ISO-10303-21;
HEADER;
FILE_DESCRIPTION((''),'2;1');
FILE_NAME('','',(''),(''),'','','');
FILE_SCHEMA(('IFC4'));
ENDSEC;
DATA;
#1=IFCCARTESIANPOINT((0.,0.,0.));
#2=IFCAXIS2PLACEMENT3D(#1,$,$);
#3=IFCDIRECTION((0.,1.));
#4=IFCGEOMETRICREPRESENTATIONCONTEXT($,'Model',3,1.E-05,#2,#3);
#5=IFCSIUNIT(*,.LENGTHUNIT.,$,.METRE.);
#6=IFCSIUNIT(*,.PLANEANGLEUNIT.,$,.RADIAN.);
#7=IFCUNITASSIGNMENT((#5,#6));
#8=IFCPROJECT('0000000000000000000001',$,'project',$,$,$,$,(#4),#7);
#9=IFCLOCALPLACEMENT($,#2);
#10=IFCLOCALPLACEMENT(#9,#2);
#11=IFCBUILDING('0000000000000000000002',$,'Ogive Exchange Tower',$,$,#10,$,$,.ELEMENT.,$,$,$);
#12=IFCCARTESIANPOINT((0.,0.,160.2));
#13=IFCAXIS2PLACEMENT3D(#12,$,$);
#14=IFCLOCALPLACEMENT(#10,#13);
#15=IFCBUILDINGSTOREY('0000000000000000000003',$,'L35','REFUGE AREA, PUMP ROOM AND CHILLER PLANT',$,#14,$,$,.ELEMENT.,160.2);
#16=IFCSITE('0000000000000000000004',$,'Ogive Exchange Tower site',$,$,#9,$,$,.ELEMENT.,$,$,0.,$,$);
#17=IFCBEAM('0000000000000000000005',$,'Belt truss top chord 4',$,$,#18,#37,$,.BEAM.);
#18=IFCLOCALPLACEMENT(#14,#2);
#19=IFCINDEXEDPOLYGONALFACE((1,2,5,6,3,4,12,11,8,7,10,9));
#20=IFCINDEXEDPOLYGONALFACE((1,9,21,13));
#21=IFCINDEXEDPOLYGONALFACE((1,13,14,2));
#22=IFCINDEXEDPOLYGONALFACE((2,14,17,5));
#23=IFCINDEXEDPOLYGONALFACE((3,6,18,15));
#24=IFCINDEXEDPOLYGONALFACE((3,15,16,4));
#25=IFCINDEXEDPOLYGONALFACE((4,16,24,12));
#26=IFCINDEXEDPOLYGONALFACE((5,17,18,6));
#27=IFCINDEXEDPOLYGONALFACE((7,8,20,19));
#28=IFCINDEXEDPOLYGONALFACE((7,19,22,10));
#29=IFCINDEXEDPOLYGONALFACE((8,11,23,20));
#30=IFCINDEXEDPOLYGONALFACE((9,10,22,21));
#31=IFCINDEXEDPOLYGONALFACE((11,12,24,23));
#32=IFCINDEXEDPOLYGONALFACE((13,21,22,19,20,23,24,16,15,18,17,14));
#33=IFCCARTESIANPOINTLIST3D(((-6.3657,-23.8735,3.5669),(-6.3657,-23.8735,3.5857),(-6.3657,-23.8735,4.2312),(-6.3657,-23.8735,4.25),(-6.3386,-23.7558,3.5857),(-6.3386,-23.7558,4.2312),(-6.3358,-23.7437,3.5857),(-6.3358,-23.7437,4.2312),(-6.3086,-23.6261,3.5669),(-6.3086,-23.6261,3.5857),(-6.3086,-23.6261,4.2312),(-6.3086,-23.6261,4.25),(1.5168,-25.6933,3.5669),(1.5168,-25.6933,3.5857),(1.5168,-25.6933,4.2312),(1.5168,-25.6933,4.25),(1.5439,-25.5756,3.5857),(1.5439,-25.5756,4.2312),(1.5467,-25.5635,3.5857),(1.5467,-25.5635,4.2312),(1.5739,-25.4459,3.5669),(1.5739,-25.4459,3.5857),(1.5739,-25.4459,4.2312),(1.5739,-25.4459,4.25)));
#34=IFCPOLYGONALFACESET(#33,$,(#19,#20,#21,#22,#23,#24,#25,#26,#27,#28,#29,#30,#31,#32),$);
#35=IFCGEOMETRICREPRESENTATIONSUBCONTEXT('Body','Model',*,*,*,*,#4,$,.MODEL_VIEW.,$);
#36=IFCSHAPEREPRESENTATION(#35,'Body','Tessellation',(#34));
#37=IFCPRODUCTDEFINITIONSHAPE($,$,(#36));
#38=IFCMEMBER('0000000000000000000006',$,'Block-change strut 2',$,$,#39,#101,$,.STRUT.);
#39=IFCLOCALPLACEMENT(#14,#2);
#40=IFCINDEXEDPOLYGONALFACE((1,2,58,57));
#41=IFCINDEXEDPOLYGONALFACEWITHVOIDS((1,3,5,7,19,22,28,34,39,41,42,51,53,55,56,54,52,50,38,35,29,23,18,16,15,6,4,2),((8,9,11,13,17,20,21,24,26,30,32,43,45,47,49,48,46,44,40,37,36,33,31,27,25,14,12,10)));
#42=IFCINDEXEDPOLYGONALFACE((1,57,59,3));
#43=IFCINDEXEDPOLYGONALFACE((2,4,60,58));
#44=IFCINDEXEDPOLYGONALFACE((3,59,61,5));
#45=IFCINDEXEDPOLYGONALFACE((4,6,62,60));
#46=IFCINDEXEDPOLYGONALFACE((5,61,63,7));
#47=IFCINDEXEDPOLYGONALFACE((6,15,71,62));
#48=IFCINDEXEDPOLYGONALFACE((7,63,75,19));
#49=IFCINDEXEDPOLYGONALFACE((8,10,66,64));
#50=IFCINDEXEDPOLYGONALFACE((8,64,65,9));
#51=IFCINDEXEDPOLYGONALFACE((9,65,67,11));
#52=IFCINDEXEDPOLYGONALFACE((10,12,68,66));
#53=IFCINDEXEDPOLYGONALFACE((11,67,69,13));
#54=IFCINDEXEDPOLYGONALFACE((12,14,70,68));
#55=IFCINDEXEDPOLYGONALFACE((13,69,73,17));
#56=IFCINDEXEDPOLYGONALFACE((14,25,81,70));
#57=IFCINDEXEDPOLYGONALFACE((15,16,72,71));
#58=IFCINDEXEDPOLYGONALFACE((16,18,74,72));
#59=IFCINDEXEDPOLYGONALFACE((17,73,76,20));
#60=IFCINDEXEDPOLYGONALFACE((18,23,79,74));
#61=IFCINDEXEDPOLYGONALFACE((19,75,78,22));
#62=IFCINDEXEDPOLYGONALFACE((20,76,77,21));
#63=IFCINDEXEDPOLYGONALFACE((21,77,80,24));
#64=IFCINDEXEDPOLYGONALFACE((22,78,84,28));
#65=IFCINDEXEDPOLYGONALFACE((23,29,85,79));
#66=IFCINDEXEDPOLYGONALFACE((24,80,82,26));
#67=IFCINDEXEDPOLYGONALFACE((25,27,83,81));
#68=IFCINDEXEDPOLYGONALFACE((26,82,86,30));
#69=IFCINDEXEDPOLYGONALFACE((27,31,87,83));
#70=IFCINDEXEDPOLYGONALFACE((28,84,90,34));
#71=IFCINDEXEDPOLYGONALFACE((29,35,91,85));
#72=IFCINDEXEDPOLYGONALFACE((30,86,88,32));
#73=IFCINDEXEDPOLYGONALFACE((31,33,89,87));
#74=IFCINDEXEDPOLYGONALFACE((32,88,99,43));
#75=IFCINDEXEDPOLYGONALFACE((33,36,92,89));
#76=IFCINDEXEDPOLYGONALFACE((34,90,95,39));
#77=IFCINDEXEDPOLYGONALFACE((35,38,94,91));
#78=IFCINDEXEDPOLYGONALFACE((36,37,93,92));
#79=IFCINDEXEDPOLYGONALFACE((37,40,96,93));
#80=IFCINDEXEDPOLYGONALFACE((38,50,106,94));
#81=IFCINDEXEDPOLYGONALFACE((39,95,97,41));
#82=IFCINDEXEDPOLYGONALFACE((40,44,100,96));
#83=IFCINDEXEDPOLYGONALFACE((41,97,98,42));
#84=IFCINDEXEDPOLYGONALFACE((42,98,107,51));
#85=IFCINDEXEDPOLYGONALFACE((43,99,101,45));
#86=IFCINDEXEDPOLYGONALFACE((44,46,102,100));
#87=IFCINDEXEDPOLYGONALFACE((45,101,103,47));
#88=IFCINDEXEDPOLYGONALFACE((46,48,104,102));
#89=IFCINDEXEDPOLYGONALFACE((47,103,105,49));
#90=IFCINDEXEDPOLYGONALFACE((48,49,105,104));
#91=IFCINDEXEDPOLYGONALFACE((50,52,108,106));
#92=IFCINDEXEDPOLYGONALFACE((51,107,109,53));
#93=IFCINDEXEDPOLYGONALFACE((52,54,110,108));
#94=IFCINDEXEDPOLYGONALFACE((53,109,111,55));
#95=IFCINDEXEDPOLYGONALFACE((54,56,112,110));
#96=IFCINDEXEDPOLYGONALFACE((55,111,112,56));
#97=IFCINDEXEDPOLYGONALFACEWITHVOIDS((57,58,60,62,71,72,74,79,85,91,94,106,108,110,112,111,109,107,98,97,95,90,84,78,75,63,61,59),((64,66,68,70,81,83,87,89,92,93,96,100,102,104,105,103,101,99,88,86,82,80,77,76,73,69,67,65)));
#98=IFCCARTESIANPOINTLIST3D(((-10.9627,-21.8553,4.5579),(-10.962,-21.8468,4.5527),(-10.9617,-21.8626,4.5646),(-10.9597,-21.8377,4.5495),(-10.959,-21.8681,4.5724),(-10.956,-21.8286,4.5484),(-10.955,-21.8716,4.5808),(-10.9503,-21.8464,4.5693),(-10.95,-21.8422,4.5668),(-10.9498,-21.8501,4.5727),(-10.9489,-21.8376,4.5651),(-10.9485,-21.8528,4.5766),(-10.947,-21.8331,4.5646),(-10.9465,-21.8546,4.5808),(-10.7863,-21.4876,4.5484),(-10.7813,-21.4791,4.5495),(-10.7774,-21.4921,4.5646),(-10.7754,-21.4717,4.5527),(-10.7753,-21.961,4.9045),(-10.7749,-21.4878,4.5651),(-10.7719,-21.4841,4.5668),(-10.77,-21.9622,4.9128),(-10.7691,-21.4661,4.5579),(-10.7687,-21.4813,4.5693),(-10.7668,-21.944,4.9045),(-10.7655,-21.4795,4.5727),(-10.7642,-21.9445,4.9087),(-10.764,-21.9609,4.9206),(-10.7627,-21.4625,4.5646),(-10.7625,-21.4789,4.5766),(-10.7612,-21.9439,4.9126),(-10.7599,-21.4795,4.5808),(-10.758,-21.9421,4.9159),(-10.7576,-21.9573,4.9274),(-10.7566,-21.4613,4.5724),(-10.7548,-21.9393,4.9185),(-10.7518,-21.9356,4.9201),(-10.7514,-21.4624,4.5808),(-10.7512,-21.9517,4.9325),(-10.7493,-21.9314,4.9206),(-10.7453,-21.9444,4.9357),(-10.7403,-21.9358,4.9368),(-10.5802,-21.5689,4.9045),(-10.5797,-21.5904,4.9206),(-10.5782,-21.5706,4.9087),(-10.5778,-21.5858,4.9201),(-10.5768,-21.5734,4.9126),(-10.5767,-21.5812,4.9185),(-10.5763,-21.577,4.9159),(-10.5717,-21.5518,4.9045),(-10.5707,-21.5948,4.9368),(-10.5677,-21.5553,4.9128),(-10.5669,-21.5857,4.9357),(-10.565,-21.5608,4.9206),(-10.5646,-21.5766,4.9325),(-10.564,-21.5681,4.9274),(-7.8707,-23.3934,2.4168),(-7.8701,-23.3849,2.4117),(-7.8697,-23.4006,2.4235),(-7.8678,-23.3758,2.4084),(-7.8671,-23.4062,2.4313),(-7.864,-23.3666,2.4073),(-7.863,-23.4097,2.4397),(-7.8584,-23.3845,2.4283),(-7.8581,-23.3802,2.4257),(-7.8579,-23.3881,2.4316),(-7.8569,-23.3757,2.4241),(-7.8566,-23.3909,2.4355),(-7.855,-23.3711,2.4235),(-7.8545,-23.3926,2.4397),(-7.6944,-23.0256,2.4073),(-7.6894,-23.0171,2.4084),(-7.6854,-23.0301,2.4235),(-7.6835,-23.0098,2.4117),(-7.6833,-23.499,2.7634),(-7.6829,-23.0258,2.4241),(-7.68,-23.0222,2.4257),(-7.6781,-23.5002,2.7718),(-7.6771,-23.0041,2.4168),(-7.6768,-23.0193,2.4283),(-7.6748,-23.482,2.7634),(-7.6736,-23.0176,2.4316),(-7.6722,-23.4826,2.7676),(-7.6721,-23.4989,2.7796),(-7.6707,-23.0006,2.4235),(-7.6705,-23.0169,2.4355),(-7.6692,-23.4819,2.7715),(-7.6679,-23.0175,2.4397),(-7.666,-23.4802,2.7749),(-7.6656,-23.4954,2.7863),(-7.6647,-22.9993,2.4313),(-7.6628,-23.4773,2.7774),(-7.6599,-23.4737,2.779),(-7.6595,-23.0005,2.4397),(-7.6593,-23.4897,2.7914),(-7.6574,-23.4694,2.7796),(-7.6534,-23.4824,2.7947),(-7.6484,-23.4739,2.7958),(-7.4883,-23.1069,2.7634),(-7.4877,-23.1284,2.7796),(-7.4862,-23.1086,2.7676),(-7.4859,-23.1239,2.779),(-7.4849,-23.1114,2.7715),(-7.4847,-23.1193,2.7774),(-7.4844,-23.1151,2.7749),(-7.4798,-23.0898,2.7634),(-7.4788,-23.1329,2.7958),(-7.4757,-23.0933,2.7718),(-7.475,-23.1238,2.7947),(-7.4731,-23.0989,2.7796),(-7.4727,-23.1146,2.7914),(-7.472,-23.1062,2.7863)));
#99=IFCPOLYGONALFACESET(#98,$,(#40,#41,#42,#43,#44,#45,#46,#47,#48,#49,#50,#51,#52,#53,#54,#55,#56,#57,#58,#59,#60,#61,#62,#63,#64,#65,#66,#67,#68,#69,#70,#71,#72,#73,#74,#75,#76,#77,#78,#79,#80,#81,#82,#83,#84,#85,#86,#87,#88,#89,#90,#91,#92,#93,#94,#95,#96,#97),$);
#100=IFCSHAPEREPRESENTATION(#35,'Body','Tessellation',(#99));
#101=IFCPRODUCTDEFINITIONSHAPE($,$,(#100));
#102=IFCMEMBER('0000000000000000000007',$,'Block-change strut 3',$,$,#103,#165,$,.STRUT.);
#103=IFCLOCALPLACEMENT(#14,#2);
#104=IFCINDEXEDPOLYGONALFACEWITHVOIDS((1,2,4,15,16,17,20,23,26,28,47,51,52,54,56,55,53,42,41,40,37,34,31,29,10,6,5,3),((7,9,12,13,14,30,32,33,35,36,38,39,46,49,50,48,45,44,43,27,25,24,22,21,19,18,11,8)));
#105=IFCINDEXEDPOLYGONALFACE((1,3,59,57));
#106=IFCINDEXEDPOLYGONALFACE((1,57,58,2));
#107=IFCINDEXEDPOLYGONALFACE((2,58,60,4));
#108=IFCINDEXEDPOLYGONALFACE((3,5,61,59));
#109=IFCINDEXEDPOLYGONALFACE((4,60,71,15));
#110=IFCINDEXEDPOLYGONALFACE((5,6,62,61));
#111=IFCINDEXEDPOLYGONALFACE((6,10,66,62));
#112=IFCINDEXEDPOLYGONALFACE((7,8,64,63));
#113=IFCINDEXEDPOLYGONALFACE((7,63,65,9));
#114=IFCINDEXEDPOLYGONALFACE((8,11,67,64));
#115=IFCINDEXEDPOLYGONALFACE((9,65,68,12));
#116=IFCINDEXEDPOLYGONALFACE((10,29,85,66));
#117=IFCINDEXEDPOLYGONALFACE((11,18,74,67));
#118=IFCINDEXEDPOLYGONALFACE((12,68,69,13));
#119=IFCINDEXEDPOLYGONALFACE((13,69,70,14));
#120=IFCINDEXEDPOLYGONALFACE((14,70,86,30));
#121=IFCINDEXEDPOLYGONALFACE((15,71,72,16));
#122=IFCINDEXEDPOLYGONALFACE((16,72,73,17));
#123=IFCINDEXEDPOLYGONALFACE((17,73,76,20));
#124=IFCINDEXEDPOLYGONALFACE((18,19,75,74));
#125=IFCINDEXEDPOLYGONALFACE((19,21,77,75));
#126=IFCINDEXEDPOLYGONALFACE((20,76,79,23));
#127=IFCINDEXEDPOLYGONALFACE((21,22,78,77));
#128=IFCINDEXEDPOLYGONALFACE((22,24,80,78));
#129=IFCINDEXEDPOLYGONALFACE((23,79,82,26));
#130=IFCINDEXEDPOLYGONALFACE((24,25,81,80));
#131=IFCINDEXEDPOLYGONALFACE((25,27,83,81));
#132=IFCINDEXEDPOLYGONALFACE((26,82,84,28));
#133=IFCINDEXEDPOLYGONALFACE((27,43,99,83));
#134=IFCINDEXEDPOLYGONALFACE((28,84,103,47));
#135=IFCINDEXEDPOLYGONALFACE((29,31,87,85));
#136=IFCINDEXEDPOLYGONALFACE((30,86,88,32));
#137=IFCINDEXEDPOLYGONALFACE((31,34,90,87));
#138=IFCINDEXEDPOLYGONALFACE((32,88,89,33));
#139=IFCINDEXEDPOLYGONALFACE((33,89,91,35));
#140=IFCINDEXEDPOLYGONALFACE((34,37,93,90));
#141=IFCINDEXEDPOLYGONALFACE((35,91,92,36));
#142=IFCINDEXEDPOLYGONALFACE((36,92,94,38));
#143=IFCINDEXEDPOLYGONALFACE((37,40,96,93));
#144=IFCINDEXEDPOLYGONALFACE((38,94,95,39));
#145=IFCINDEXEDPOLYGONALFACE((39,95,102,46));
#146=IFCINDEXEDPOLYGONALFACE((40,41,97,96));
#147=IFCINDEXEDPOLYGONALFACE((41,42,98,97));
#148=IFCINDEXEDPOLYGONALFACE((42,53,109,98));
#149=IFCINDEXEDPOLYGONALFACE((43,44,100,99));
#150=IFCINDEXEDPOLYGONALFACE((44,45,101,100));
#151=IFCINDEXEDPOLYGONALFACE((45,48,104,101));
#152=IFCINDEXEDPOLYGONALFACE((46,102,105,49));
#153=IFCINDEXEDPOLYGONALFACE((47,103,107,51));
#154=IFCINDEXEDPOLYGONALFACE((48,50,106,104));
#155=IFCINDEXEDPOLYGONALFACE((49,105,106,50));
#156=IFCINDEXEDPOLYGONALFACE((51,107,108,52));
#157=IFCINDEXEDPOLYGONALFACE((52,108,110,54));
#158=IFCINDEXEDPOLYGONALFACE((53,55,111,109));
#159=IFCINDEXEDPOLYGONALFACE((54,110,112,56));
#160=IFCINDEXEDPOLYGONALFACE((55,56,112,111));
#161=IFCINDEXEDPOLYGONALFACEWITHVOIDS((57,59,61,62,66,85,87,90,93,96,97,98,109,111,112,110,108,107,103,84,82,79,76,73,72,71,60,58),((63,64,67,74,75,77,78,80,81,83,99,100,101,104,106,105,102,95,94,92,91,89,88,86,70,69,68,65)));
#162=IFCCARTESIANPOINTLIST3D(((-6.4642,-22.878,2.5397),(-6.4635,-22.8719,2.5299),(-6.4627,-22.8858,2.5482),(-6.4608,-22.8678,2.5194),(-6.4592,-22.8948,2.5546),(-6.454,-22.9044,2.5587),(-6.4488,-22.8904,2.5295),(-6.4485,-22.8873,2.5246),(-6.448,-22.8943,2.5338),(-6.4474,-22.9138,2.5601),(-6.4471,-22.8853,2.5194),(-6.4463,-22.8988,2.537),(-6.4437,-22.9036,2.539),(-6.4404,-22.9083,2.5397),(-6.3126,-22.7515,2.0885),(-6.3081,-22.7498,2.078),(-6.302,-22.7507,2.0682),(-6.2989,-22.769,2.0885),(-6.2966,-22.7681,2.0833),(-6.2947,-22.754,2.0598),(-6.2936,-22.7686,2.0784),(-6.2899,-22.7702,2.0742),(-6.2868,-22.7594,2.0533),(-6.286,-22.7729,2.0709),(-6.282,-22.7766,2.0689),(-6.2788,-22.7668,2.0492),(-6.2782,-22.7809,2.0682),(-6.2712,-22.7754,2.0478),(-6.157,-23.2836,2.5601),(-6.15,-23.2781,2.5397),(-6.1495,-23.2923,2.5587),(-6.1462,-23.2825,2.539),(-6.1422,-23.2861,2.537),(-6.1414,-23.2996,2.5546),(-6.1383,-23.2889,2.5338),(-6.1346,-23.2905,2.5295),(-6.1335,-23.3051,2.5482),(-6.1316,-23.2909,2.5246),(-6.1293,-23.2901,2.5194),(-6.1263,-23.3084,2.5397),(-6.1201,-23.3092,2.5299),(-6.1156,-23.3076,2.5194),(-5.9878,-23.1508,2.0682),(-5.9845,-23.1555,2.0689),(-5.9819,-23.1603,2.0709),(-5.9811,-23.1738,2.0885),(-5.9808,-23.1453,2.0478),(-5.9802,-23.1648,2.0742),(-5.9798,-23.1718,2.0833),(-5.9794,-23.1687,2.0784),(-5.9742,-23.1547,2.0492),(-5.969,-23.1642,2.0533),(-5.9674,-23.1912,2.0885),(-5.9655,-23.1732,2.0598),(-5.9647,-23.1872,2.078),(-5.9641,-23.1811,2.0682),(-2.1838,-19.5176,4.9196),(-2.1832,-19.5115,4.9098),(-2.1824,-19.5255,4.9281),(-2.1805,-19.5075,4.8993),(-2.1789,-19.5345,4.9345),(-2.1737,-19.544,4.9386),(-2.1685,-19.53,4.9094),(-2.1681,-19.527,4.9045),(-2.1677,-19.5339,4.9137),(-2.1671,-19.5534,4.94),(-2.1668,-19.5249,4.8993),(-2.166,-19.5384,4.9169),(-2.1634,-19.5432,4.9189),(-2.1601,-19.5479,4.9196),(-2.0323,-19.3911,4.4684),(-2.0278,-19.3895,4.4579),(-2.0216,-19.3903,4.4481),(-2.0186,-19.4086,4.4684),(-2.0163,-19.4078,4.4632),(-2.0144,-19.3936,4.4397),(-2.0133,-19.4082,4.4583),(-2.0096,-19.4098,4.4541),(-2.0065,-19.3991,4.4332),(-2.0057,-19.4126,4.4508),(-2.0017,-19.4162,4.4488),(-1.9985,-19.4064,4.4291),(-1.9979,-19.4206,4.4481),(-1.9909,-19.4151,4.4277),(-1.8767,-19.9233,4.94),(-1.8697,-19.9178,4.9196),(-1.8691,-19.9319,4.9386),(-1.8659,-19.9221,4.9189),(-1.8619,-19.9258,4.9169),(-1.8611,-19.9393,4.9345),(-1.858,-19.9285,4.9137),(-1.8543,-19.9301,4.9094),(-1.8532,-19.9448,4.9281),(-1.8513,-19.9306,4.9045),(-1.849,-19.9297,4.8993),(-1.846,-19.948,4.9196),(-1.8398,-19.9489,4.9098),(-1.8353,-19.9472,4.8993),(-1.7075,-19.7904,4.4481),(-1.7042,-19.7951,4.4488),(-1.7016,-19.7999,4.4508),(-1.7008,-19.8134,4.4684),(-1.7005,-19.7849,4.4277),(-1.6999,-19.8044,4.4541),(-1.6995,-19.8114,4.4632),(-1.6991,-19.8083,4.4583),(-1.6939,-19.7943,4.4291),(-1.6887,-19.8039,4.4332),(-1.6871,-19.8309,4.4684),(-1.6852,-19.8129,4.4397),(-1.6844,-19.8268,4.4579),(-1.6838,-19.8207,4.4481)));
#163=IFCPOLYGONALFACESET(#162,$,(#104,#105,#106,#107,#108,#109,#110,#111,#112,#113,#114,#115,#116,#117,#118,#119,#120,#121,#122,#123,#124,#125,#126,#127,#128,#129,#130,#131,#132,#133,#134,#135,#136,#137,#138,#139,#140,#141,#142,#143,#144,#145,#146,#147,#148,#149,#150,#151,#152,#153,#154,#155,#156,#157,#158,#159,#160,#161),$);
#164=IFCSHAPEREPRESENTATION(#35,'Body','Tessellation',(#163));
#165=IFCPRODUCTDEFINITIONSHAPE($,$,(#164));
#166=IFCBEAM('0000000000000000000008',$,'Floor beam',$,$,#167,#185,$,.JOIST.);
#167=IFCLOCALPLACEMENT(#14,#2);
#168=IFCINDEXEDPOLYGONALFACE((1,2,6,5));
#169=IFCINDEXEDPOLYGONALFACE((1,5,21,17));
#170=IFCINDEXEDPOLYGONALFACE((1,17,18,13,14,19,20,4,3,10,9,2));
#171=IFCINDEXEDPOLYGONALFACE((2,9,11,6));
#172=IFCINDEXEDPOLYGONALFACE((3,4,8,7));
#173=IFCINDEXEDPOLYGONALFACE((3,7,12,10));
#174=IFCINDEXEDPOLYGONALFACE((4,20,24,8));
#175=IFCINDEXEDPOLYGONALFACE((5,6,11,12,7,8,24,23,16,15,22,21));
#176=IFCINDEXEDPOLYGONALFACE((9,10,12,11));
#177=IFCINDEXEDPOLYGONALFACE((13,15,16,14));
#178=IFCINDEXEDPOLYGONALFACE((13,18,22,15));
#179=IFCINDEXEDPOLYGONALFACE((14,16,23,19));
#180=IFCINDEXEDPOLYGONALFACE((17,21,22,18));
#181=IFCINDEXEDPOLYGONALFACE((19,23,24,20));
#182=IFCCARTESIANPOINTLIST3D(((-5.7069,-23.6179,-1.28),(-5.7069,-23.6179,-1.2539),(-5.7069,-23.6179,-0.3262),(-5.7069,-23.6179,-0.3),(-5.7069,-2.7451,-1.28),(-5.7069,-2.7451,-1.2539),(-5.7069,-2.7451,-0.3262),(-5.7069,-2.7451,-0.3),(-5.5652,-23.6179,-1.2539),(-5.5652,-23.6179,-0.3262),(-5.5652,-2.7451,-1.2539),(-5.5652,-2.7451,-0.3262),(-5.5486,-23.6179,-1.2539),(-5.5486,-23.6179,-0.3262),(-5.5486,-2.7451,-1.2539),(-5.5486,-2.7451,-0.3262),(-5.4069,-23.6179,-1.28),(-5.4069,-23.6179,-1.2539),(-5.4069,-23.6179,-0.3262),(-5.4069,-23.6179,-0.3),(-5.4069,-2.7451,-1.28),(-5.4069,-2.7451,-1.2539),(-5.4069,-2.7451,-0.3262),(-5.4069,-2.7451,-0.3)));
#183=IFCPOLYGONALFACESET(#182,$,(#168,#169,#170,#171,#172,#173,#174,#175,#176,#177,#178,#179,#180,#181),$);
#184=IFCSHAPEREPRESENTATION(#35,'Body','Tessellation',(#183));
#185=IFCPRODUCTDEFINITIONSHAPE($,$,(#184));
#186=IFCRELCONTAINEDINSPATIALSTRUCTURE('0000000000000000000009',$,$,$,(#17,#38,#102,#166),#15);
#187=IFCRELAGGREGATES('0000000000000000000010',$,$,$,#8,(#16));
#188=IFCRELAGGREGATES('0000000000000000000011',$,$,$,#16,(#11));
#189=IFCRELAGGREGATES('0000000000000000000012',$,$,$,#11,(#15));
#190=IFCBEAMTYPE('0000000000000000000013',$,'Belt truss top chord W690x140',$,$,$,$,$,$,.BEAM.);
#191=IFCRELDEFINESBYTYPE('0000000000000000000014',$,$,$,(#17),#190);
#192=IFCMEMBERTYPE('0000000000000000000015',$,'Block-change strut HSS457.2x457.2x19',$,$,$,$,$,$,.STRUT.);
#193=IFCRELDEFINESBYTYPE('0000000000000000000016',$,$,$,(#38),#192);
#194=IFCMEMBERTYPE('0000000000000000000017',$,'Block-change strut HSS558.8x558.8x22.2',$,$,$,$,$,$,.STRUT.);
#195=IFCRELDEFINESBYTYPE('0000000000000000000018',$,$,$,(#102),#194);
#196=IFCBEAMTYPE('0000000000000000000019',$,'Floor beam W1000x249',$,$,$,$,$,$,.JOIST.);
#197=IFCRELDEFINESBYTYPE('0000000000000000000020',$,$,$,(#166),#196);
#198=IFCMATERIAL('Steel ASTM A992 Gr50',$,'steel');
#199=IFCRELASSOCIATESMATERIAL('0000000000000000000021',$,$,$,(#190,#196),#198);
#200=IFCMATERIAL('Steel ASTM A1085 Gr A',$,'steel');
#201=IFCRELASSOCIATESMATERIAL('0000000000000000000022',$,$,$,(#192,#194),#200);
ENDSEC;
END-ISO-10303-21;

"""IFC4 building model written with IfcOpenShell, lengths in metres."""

from ifc_helpers import new_model, si_unit, direction, frame, origin, origin_2d, place, context, subcontext, project, spatial, hollow_rectangle, i_section, extrude, material, material_profile, profile_set, type_object, element, save


model = new_model("IFC4")

# Units and contexts
model_context = context("Model", 3, precision=1e-05, world=origin(), true_north=direction((0.0, 1.0)))
body_context = subcontext(model_context, "Body", "Model", "MODEL_VIEW")
ifc_project = project(units=[si_unit("LENGTHUNIT", "METRE"), si_unit("PLANEANGLEUNIT", "RADIAN")], contexts=[model_context])

# Site, building, storey
site_placement = place(None, origin())
site = spatial("IfcSite", under=ifc_project, at=site_placement, Name="Ogive Exchange Tower site", CompositionType="ELEMENT", RefElevation=0.0)
building_placement = place(site_placement, origin())
building = spatial("IfcBuilding", under=site, at=building_placement, Name="Ogive Exchange Tower", CompositionType="ELEMENT")
storey_placement = place(building_placement, frame((0.0, 0.0, 160.2)))
storey = spatial("IfcBuildingStorey", under=building, at=storey_placement, Name="L35", Description="REFUGE AREA, PUMP ROOM AND CHILLER PLANT", CompositionType="ELEMENT", Elevation=160.2)

# Shared definitions
ifc_material_1 = material(Name="Steel ASTM A992 Gr50", Category="steel")

# Shared definitions
ifc_material_2 = material(Name="Steel ASTM A1085 Gr A", Category="steel")

# Beam
ifc_material_profile_1 = material_profile(ifc_material_1, i_section(OverallWidth=0.2539, OverallDepth=0.6831, WebThickness=0.0125, FlangeThickness=0.0188, at=origin_2d()), Name="W690x140")
ifc_profile_set_1 = profile_set([ifc_material_profile_1], Name="Steel ASTM A992 Gr50")
beam_type_1 = type_object("IfcBeamType", Name="Belt truss top chord W690x140", PredefinedType="BEAM", material=ifc_profile_set_1)
beam_1_placement = place(storey_placement, frame((-6.3372, -23.7498, 3.9084), z_axis=(0.97437, -0.22495, 0.0), x_axis=(0.22495, 0.97437, 0.0)))
element("IfcBeam", 1, at=beam_1_placement, inside=storey, type_object=beam_type_1, Name="Belt truss top chord 4", PredefinedType="BEAM", context=body_context, shape_type="SweptSolid", body=[
    extrude(i_section(OverallWidth=0.2539, OverallDepth=0.6831, WebThickness=0.0125, FlangeThickness=0.0188, at=origin_2d()), origin(), (0.0, 0.0, 1.0), 8.0898),
])

# Members
ifc_material_profile_2 = material_profile(ifc_material_2, hollow_rectangle(XDim=0.457, YDim=0.457, WallThickness=0.019, InnerFilletRadius=0.019, OuterFilletRadius=0.0381, at=origin_2d()), Name="HSS457.2x457.2x19")
ifc_profile_set_2 = profile_set([ifc_material_profile_2], Name="Steel ASTM A1085 Gr A")
member_type_1 = type_object("IfcMemberType", Name="Block-change strut HSS457.2x457.2x19", PredefinedType="STRUT", material=ifc_profile_set_2)
member_1_placement = place(storey_placement, frame((-7.6714, -23.2498, 2.6016), z_axis=(-0.760959, 0.378527, 0.526933), x_axis=(-0.445375, -0.895344, 0.0)))
element("IfcMember", 2, at=member_1_placement, inside=storey, type_object=member_type_1, Name="Block-change strut 2", PredefinedType="STRUT", context=body_context, shape_type="SweptSolid", body=[
    extrude(hollow_rectangle(XDim=0.457, YDim=0.457, WallThickness=0.019, InnerFilletRadius=0.019, OuterFilletRadius=0.0381, at=origin_2d()), origin(), (0.0, 0.0, 1.0), 4.0632),
])
ifc_material_profile_3 = material_profile(ifc_material_2, hollow_rectangle(XDim=0.5591, YDim=0.5591, WallThickness=0.0222, InnerFilletRadius=0.0222, OuterFilletRadius=0.0444, at=origin_2d()), Name="HSS558.8x558.8x22.2")
ifc_profile_set_3 = profile_set([ifc_material_profile_3], Name="Steel ASTM A1085 Gr A")
member_type_2 = type_object("IfcMemberType", Name="Block-change strut HSS558.8x558.8x22.2", PredefinedType="STRUT", material=ifc_profile_set_3)
member_2_placement = place(storey_placement, frame((-6.2141, -23.0295, 2.304), z_axis=(0.720657, 0.565772, 0.400694), x_axis=(-0.617512, 0.786561, 0.0)))
element("IfcMember", 3, at=member_2_placement, inside=storey, type_object=member_type_2, Name="Block-change strut 3", PredefinedType="STRUT", context=body_context, shape_type="SweptSolid", body=[
    extrude(hollow_rectangle(XDim=0.5591, YDim=0.5591, WallThickness=0.0222, InnerFilletRadius=0.0222, OuterFilletRadius=0.0444, at=origin_2d()), origin(), (0.0, 0.0, 1.0), 5.9395),
])

# Beam
ifc_material_profile_4 = material_profile(ifc_material_1, i_section(OverallWidth=0.3, OverallDepth=0.98, WebThickness=0.0166, FlangeThickness=0.0261, at=origin_2d()), Name="W1000x249")
ifc_profile_set_4 = profile_set([ifc_material_profile_4], Name="Steel ASTM A992 Gr50")
beam_type_2 = type_object("IfcBeamType", Name="Floor beam W1000x249", PredefinedType="JOIST", material=ifc_profile_set_4)
beam_2_placement = place(storey_placement, frame((-5.5569, -23.6179, -0.79), z_axis=(0.0, 1.0, 0.0), x_axis=(-1.0, 0.0, 0.0)))
element("IfcBeam", 4, at=beam_2_placement, inside=storey, type_object=beam_type_2, Name="Floor beam", PredefinedType="JOIST", context=body_context, shape_type="SweptSolid", body=[
    extrude(i_section(OverallWidth=0.3, OverallDepth=0.98, WebThickness=0.0166, FlangeThickness=0.0261, at=origin_2d()), origin(), (0.0, 0.0, 1.0), 20.8728),
])

save(model, "model.ifc")
